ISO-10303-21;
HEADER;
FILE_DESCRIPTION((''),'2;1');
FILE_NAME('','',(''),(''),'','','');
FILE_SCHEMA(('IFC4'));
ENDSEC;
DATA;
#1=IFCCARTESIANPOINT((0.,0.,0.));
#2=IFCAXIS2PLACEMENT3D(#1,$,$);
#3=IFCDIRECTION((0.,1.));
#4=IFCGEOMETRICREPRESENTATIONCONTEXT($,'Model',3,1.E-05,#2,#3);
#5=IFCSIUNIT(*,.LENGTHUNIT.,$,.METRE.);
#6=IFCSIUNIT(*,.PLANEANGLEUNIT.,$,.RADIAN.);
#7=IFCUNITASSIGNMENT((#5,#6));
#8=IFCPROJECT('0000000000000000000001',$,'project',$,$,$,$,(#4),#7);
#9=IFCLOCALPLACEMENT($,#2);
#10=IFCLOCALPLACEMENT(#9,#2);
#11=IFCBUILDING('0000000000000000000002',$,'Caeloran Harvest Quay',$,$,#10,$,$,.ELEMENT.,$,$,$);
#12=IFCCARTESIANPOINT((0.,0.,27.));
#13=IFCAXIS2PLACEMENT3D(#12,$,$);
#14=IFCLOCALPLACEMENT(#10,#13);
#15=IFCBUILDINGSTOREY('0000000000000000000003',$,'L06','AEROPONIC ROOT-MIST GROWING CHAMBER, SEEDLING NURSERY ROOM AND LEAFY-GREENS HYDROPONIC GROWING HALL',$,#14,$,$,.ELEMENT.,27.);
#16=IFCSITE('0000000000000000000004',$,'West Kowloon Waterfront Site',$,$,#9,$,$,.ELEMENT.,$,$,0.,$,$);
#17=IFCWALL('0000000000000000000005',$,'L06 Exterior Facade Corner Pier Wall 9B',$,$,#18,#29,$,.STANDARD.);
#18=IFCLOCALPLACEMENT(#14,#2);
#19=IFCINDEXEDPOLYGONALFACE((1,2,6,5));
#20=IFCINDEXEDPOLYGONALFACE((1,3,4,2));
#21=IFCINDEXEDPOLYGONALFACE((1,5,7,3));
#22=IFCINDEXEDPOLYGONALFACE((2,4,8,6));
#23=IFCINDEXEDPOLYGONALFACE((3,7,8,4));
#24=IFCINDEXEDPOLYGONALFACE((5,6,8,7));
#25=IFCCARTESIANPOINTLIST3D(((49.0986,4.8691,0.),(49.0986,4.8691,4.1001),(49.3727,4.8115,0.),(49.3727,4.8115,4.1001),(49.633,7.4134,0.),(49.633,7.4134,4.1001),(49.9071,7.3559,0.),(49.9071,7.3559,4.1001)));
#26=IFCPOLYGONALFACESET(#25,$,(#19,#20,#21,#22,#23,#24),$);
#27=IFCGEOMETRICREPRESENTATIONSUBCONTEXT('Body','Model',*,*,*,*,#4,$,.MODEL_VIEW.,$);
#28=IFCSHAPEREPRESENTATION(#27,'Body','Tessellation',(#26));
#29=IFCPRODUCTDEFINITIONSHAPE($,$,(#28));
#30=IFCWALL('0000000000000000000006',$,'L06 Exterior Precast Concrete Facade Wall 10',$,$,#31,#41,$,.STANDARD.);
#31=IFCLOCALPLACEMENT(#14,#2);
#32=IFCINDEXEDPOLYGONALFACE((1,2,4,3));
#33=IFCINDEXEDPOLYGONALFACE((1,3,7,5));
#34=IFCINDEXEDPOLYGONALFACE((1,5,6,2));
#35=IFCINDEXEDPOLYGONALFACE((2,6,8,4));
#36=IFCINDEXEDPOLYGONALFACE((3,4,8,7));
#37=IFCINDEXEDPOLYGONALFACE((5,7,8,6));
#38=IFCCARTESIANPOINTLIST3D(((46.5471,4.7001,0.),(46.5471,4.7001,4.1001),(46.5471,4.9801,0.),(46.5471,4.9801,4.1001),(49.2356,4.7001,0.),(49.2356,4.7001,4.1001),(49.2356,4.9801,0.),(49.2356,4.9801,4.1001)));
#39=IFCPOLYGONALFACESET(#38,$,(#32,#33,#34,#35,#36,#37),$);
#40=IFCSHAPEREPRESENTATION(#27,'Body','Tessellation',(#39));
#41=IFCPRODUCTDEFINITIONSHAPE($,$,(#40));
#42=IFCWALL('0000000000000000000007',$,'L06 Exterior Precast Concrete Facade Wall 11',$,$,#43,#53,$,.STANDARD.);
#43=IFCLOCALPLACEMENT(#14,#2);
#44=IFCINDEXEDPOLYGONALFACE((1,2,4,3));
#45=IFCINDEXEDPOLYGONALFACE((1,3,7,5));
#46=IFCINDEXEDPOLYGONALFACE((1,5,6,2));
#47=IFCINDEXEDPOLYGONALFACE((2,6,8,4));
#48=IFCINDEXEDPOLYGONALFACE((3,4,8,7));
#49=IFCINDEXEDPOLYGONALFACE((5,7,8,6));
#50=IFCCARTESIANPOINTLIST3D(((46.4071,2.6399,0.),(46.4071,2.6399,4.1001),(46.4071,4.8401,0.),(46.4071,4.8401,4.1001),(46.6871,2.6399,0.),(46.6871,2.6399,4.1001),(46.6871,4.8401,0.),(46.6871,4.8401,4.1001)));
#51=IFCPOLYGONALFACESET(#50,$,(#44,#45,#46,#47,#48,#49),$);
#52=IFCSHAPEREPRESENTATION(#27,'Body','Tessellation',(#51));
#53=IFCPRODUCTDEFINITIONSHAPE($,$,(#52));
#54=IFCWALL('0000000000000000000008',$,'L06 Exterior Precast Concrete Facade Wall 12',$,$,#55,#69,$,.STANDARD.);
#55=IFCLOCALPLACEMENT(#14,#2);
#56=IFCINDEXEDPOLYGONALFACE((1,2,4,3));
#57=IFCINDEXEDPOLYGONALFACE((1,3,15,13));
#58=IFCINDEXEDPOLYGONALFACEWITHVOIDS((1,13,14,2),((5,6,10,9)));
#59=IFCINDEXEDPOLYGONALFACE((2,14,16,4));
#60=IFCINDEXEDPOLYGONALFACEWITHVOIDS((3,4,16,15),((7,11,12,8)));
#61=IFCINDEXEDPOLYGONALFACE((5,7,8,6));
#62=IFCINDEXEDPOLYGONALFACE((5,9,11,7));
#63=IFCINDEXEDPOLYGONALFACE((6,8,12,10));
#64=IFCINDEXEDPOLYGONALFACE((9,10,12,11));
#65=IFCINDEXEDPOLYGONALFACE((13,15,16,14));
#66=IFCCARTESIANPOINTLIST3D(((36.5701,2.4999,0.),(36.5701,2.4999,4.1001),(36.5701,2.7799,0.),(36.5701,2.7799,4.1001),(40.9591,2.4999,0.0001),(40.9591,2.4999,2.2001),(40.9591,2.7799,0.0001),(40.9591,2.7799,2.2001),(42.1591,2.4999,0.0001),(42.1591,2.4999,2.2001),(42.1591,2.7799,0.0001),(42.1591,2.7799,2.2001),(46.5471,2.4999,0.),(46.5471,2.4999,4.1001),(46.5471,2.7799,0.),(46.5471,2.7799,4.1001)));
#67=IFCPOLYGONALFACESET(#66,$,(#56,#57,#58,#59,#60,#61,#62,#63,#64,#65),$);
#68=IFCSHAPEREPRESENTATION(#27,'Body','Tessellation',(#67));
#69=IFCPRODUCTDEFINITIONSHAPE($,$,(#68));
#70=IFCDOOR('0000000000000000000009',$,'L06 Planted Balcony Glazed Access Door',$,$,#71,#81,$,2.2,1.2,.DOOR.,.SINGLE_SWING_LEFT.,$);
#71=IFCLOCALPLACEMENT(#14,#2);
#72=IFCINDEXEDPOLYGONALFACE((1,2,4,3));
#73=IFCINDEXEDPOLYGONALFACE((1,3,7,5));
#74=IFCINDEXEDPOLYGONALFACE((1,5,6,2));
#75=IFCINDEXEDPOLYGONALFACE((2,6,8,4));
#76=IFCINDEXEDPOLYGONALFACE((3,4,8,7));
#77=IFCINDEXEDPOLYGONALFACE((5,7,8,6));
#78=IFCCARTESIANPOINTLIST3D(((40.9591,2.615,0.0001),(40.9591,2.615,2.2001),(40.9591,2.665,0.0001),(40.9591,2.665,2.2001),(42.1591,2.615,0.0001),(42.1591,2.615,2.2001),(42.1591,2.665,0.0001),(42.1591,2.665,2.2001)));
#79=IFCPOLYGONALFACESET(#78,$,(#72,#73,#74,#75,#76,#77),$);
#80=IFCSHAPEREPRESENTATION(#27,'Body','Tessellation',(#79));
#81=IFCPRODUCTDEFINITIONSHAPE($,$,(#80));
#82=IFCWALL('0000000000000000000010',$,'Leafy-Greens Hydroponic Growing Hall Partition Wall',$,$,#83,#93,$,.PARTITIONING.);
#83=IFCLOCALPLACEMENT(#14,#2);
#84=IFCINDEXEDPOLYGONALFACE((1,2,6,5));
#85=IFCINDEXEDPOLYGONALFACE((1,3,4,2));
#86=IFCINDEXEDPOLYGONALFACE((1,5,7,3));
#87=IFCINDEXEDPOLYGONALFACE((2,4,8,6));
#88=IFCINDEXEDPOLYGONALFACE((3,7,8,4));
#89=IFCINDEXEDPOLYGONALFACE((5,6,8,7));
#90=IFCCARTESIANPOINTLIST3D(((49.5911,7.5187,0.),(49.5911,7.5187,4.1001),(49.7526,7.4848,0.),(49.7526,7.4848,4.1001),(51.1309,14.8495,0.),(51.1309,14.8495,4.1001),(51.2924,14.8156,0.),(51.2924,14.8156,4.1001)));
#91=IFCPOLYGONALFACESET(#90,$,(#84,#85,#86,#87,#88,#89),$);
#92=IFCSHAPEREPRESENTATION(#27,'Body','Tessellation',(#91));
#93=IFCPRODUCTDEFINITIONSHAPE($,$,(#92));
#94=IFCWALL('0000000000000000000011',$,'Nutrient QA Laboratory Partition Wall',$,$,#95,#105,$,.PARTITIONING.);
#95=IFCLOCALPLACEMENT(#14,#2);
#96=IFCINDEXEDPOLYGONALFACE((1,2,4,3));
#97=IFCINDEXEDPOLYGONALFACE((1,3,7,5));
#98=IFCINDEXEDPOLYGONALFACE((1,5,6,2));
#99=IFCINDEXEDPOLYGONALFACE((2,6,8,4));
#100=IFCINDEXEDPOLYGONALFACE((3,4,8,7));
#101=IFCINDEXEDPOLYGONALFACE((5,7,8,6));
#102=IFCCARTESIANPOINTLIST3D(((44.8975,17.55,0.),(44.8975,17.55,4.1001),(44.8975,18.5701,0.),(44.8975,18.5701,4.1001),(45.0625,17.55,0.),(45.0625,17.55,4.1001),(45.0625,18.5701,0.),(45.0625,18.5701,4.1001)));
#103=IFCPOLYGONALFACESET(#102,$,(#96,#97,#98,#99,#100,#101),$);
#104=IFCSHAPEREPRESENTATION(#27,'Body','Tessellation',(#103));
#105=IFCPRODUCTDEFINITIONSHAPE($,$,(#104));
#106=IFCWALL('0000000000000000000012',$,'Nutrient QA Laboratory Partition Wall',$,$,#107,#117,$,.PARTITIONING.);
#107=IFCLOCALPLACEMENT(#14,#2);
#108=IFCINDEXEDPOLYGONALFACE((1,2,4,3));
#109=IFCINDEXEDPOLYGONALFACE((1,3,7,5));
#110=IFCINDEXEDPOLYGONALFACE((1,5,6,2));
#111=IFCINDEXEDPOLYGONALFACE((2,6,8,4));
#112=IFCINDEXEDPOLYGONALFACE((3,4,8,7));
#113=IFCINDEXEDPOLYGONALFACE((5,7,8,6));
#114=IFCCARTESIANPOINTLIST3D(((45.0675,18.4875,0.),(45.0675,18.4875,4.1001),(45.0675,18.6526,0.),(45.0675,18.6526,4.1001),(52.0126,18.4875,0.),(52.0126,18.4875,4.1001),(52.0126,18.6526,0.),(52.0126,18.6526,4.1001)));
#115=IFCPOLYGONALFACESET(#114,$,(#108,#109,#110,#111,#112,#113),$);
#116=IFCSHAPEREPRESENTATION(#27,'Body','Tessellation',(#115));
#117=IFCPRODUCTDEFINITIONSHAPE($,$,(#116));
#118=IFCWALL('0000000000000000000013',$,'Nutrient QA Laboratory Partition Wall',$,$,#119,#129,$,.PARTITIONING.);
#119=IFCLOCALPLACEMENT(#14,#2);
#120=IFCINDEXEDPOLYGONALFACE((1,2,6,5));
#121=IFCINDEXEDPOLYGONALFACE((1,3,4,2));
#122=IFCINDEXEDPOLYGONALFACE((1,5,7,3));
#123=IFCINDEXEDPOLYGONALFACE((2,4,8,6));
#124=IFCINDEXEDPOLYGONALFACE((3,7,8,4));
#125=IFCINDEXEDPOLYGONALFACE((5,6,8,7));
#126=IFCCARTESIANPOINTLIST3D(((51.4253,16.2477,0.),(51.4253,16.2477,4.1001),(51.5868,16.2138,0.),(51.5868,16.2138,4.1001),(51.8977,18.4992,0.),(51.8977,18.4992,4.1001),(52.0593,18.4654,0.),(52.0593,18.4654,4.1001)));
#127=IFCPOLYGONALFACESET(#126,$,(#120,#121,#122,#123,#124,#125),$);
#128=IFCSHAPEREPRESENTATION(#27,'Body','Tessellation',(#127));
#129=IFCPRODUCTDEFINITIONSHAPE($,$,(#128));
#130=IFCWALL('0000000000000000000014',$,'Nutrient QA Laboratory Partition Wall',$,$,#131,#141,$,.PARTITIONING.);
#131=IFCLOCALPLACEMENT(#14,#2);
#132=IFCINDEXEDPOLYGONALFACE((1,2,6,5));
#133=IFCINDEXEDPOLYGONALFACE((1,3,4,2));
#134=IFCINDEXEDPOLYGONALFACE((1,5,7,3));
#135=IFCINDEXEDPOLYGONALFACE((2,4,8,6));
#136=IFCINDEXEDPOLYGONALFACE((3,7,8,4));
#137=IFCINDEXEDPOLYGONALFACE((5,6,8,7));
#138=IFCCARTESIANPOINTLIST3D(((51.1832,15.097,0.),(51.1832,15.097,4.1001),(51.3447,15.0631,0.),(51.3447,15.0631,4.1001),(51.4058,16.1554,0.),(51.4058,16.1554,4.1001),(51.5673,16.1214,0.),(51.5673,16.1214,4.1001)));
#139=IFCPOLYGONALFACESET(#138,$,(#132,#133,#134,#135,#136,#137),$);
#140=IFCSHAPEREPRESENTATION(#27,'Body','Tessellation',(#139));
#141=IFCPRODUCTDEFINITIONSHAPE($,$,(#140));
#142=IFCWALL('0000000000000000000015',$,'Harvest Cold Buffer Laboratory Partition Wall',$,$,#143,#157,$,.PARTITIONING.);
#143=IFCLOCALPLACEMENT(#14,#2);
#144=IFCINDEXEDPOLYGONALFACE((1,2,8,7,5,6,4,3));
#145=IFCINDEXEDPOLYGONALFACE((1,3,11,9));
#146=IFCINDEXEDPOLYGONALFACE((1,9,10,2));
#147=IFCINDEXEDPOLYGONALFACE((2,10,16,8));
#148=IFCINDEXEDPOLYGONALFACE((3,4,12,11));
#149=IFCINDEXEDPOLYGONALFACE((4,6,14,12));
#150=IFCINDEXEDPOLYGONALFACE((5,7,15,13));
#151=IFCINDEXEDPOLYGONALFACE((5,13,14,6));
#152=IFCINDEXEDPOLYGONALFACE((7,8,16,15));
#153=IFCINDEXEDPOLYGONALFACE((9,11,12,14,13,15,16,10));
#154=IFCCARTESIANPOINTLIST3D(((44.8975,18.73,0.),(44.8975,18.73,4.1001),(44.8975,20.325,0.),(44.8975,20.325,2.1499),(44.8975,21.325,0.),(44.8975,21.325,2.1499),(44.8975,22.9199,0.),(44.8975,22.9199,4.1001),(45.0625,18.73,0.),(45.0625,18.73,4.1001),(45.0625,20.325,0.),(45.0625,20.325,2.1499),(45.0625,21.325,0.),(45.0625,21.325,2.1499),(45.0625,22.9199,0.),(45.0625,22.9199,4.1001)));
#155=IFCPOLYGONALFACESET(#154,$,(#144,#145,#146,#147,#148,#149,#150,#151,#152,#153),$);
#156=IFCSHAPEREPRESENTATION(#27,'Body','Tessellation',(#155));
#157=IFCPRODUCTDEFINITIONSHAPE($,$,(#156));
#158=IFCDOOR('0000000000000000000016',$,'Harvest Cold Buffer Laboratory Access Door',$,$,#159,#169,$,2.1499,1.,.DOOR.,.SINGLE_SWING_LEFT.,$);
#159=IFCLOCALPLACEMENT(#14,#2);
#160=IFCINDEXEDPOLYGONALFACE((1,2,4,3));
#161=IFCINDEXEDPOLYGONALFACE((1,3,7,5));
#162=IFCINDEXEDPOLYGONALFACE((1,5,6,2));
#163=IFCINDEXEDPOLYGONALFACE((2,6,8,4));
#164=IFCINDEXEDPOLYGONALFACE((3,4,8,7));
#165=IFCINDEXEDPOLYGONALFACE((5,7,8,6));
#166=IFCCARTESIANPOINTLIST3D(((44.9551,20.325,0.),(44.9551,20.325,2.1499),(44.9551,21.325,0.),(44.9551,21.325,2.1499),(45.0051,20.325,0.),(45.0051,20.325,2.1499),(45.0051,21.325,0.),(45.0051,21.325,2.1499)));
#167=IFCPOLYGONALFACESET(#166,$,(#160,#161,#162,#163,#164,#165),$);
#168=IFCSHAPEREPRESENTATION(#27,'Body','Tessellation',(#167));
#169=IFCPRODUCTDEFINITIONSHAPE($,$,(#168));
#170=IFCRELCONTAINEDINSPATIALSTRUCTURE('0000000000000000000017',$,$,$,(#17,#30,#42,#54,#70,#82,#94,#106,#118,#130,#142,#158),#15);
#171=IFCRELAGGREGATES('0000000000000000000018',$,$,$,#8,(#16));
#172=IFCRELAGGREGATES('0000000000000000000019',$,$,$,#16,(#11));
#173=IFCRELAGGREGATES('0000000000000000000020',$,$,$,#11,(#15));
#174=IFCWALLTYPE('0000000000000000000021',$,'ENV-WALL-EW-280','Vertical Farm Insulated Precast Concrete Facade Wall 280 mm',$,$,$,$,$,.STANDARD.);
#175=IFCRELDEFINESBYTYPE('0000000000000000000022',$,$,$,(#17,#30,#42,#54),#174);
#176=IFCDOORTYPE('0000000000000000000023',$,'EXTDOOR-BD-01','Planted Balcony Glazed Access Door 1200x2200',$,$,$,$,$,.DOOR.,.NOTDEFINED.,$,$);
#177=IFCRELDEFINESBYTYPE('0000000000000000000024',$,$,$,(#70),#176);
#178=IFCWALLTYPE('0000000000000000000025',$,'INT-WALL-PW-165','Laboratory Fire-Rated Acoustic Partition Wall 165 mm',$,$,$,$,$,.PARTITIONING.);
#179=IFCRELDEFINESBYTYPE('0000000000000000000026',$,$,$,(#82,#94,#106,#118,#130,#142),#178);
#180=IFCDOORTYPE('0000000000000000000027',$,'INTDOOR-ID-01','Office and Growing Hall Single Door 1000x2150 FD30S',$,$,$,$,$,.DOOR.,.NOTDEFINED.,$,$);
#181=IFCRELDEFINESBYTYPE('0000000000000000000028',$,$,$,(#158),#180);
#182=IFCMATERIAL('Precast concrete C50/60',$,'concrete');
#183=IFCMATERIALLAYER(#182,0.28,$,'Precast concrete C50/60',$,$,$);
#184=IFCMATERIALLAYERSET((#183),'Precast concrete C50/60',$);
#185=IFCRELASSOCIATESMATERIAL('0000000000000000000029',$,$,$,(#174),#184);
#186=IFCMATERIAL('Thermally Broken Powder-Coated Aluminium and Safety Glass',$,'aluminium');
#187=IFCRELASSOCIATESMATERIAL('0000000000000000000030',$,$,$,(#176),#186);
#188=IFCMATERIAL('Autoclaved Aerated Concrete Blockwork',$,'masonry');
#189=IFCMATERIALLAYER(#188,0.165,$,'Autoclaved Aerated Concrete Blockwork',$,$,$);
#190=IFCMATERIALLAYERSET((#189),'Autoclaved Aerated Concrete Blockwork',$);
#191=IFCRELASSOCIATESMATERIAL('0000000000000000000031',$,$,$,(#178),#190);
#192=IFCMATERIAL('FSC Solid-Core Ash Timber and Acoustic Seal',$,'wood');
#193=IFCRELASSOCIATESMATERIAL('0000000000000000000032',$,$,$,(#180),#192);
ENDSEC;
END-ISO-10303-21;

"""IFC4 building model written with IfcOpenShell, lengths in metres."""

from ifc_helpers import new_model, si_unit, direction, frame, frame_2d, origin, place, context, subcontext, project, spatial, rectangle, extrude, material, layer, layer_set, type_object, element, fill, save


model = new_model("IFC4")

# Units and contexts
model_context = context("Model", 3, precision=1e-05, world=origin(), true_north=direction((0.0, 1.0)))
body_context = subcontext(model_context, "Body", "Model", "MODEL_VIEW")
ifc_project = project(units=[si_unit("LENGTHUNIT", "METRE"), si_unit("PLANEANGLEUNIT", "RADIAN")], contexts=[model_context])

# Site, building, storey
site_placement = place(None, origin())
site = spatial("IfcSite", under=ifc_project, at=site_placement, Name="West Kowloon Waterfront Site", CompositionType="ELEMENT", RefElevation=0.0)
building_placement = place(site_placement, origin())
building = spatial("IfcBuilding", under=site, at=building_placement, Name="Caeloran Harvest Quay", CompositionType="ELEMENT")
storey_placement = place(building_placement, frame((0.0, 0.0, 27.0)))
storey = spatial("IfcBuildingStorey", under=building, at=storey_placement, Name="L06", Description="AEROPONIC ROOT-MIST GROWING CHAMBER, SEEDLING NURSERY ROOM AND LEAFY-GREENS HYDROPONIC GROWING HALL", CompositionType="ELEMENT", Elevation=27.0)

# Shared definitions
ifc_material_1 = material(Name="Precast concrete C50/60", Category="concrete")

# Walls
ifc_layer_1 = layer(ifc_material_1, 0.28, Name="Precast concrete C50/60")
ifc_layer_set_1 = layer_set([ifc_layer_1], Name="Precast concrete C50/60")
wall_type_1 = type_object("IfcWallType", Name="ENV-WALL-EW-280", Description="Vertical Farm Insulated Precast Concrete Facade Wall 280 mm", PredefinedType="STANDARD", material=ifc_layer_set_1)
wall_1_placement = place(storey_placement, frame((49.77, 7.3845, 0.0), z_axis=(0.0, 0.0, 1.0), x_axis=(-0.205551, -0.978646, 0.0)))
element("IfcWall", 1, at=wall_1_placement, inside=storey, type_object=wall_type_1, Name="L06 Exterior Facade Corner Pier Wall 9B", PredefinedType="STANDARD", context=body_context, shape_type="SweptSolid", body=[
    extrude(rectangle(XDim=2.5999, YDim=0.28, at=frame_2d((1.2998, 0.0))), origin(), (0.0, 0.0, 1.0), 4.1001),
])
wall_2_placement = place(storey_placement, frame((49.2356, 4.8401, 0.0), z_axis=(0.0, 0.0, 1.0), x_axis=(-1.0, 0.0, 0.0)))
element("IfcWall", 2, at=wall_2_placement, inside=storey, type_object=wall_type_1, Name="L06 Exterior Precast Concrete Facade Wall 10", PredefinedType="STANDARD", context=body_context, shape_type="SweptSolid", body=[
    extrude(rectangle(XDim=2.6885, YDim=0.28, at=frame_2d((1.3442, 0.0))), origin(), (0.0, 0.0, 1.0), 4.1001),
])
wall_3_placement = place(storey_placement, frame((46.5471, 4.8401, 0.0), z_axis=(0.0, 0.0, 1.0), x_axis=(0.0, -1.0, 0.0)))
element("IfcWall", 3, at=wall_3_placement, inside=storey, type_object=wall_type_1, Name="L06 Exterior Precast Concrete Facade Wall 11", PredefinedType="STANDARD", context=body_context, shape_type="SweptSolid", body=[
    extrude(rectangle(XDim=2.2002, YDim=0.28, at=frame_2d((1.1001, 0.0))), origin(), (0.0, 0.0, 1.0), 4.1001),
])

# Wall, opening, door
wall_4_placement = place(storey_placement, frame((46.5471, 2.6399, 0.0), z_axis=(0.0, 0.0, 1.0), x_axis=(-1.0, 0.0, 0.0)))
wall_4 = element("IfcWall", 4, at=wall_4_placement, inside=storey, type_object=wall_type_1, Name="L06 Exterior Precast Concrete Facade Wall 12", PredefinedType="STANDARD", context=body_context, shape_type="SweptSolid", body=[
    extrude(rectangle(XDim=9.9771, YDim=0.28, at=frame_2d((4.9885, 0.0))), origin(), (0.0, 0.0, 1.0), 4.1001),
])
opening_1_placement = place(wall_4_placement, frame((4.3879, 0.0, 0.0)))
opening_1 = element("IfcOpeningElement", 5, at=opening_1_placement, cuts=wall_4, PredefinedType="OPENING", context=body_context, shape_type="SweptSolid", body=[
    extrude(rectangle(XDim=1.2, YDim=2.2, at=frame_2d((0.6001, 1.1001))), frame((0.0, 0.1499, 0.0), z_axis=(0.0, -1.0, 0.0), x_axis=(1.0, 0.0, 0.0)), (0.0, 0.0, 1.0), 0.3),
])
ifc_material_2 = material(Name="Thermally Broken Powder-Coated Aluminium and Safety Glass", Category="aluminium")
door_type_1 = type_object("IfcDoorType", Name="EXTDOOR-BD-01", Description="Planted Balcony Glazed Access Door 1200x2200", OperationType="NOTDEFINED", PredefinedType="DOOR", material=ifc_material_2)
door_1_placement = place(opening_1_placement, origin())
door_1 = element("IfcDoor", 6, at=door_1_placement, inside=storey, type_object=door_type_1, Name="L06 Planted Balcony Glazed Access Door", OperationType="SINGLE_SWING_LEFT", OverallHeight=2.2, OverallWidth=1.2, PredefinedType="DOOR", context=body_context, shape_type="SweptSolid", body=[
    extrude(rectangle(XDim=1.2, YDim=2.2, at=frame_2d((0.6001, 1.1001))), frame((0.0, 0.0249, 0.0), z_axis=(0.0, -1.0, 0.0), x_axis=(1.0, 0.0, 0.0)), (0.0, 0.0, 1.0), 0.05),
])
fill(opening_1, door_1)

# Walls
ifc_material_3 = material(Name="Autoclaved Aerated Concrete Blockwork", Category="masonry")
ifc_layer_2 = layer(ifc_material_3, 0.165, Name="Autoclaved Aerated Concrete Blockwork")
ifc_layer_set_2 = layer_set([ifc_layer_2], Name="Autoclaved Aerated Concrete Blockwork")
wall_type_2 = type_object("IfcWallType", Name="INT-WALL-PW-165", Description="Laboratory Fire-Rated Acoustic Partition Wall 165 mm", PredefinedType="PARTITIONING", material=ifc_layer_set_2)
wall_5_placement = place(storey_placement, frame((51.2117, 14.8325, 0.0), z_axis=(0.0, 0.0, 1.0), x_axis=(-0.205559, -0.978645, 0.0)))
element("IfcWall", 7, at=wall_5_placement, inside=storey, type_object=wall_type_2, Name="Leafy-Greens Hydroponic Growing Hall Partition Wall", PredefinedType="PARTITIONING", context=body_context, shape_type="SweptSolid", body=[
    extrude(rectangle(XDim=7.4907, YDim=0.165, at=frame_2d((3.7454, 0.0))), origin(), (0.0, 0.0, 1.0), 4.1001),
])
wall_6_placement = place(storey_placement, frame((44.98, 17.55, 0.0), z_axis=(0.0, 0.0, 1.0), x_axis=(0.0, 1.0, 0.0)))
element("IfcWall", 8, at=wall_6_placement, inside=storey, type_object=wall_type_2, Name="Nutrient QA Laboratory Partition Wall", PredefinedType="PARTITIONING", context=body_context, shape_type="SweptSolid", body=[
    extrude(rectangle(XDim=1.02, YDim=0.165, at=frame_2d((0.51, 0.0))), origin(), (0.0, 0.0, 1.0), 4.1001),
])
wall_7_placement = place(storey_placement, frame((45.0674, 18.5701, 0.0), z_axis=(0.0, 0.0, 1.0), x_axis=(1.0, 0.0, 0.0)))
element("IfcWall", 9, at=wall_7_placement, inside=storey, type_object=wall_type_2, Name="Nutrient QA Laboratory Partition Wall", PredefinedType="PARTITIONING", context=body_context, shape_type="SweptSolid", body=[
    extrude(rectangle(XDim=6.9451, YDim=0.165, at=frame_2d((3.4727, 0.0))), origin(), (0.0, 0.0, 1.0), 4.1001),
])
wall_8_placement = place(storey_placement, frame((51.9785, 18.4824, 0.0), z_axis=(0.0, 0.0, 1.0), x_axis=(-0.205353, -0.978688, 0.0)))
element("IfcWall", 10, at=wall_8_placement, inside=storey, type_object=wall_type_2, Name="Nutrient QA Laboratory Partition Wall", PredefinedType="PARTITIONING", context=body_context, shape_type="SweptSolid", body=[
    extrude(rectangle(XDim=2.3005, YDim=0.165, at=frame_2d((1.1504, 0.0))), origin(), (0.0, 0.0, 1.0), 4.1001),
])
wall_9_placement = place(storey_placement, frame((51.4866, 16.1384, 0.0), z_axis=(0.0, 0.0, 1.0), x_axis=(-0.205874, -0.978579, 0.0)))
element("IfcWall", 11, at=wall_9_placement, inside=storey, type_object=wall_type_2, Name="Nutrient QA Laboratory Partition Wall", PredefinedType="PARTITIONING", context=body_context, shape_type="SweptSolid", body=[
    extrude(rectangle(XDim=1.0815, YDim=0.165, at=frame_2d((0.5408, 0.0))), origin(), (0.0, 0.0, 1.0), 4.1001),
])

# Wall, opening, door
wall_10_placement = place(storey_placement, frame((44.98, 18.73, 0.0), z_axis=(0.0, 0.0, 1.0), x_axis=(0.0, 1.0, 0.0)))
wall_10 = element("IfcWall", 12, at=wall_10_placement, inside=storey, type_object=wall_type_2, Name="Harvest Cold Buffer Laboratory Partition Wall", PredefinedType="PARTITIONING", context=body_context, shape_type="SweptSolid", body=[
    extrude(rectangle(XDim=4.1899, YDim=0.165, at=frame_2d((2.095, 0.0))), origin(), (0.0, 0.0, 1.0), 4.1001),
])
opening_2_placement = place(wall_10_placement, frame((1.595, 0.0, 0.0)))
opening_2 = element("IfcOpeningElement", 13, at=opening_2_placement, cuts=wall_10, PredefinedType="OPENING", context=body_context, shape_type="SweptSolid", body=[
    extrude(rectangle(XDim=1.0, YDim=2.1499, at=frame_2d((0.5, 1.075))), frame((0.0, 0.0925, 0.0), z_axis=(0.0, -1.0, 0.0), x_axis=(1.0, 0.0, 0.0)), (0.0, 0.0, 1.0), 0.1851),
])
ifc_material_4 = material(Name="FSC Solid-Core Ash Timber and Acoustic Seal", Category="wood")
door_type_2 = type_object("IfcDoorType", Name="INTDOOR-ID-01", Description="Office and Growing Hall Single Door 1000x2150 FD30S", OperationType="NOTDEFINED", PredefinedType="DOOR", material=ifc_material_4)
door_2_placement = place(opening_2_placement, origin())
door_2 = element("IfcDoor", 14, at=door_2_placement, inside=storey, type_object=door_type_2, Name="Harvest Cold Buffer Laboratory Access Door", OperationType="SINGLE_SWING_LEFT", OverallHeight=2.1499, OverallWidth=1.0, PredefinedType="DOOR", context=body_context, shape_type="SweptSolid", body=[
    extrude(rectangle(XDim=1.0, YDim=2.1499, at=frame_2d((0.5, 1.075))), frame((0.0, 0.0249, 0.0), z_axis=(0.0, -1.0, 0.0), x_axis=(1.0, 0.0, 0.0)), (0.0, 0.0, 1.0), 0.05),
])
fill(opening_2, door_2)

save(model, "model.ifc")
